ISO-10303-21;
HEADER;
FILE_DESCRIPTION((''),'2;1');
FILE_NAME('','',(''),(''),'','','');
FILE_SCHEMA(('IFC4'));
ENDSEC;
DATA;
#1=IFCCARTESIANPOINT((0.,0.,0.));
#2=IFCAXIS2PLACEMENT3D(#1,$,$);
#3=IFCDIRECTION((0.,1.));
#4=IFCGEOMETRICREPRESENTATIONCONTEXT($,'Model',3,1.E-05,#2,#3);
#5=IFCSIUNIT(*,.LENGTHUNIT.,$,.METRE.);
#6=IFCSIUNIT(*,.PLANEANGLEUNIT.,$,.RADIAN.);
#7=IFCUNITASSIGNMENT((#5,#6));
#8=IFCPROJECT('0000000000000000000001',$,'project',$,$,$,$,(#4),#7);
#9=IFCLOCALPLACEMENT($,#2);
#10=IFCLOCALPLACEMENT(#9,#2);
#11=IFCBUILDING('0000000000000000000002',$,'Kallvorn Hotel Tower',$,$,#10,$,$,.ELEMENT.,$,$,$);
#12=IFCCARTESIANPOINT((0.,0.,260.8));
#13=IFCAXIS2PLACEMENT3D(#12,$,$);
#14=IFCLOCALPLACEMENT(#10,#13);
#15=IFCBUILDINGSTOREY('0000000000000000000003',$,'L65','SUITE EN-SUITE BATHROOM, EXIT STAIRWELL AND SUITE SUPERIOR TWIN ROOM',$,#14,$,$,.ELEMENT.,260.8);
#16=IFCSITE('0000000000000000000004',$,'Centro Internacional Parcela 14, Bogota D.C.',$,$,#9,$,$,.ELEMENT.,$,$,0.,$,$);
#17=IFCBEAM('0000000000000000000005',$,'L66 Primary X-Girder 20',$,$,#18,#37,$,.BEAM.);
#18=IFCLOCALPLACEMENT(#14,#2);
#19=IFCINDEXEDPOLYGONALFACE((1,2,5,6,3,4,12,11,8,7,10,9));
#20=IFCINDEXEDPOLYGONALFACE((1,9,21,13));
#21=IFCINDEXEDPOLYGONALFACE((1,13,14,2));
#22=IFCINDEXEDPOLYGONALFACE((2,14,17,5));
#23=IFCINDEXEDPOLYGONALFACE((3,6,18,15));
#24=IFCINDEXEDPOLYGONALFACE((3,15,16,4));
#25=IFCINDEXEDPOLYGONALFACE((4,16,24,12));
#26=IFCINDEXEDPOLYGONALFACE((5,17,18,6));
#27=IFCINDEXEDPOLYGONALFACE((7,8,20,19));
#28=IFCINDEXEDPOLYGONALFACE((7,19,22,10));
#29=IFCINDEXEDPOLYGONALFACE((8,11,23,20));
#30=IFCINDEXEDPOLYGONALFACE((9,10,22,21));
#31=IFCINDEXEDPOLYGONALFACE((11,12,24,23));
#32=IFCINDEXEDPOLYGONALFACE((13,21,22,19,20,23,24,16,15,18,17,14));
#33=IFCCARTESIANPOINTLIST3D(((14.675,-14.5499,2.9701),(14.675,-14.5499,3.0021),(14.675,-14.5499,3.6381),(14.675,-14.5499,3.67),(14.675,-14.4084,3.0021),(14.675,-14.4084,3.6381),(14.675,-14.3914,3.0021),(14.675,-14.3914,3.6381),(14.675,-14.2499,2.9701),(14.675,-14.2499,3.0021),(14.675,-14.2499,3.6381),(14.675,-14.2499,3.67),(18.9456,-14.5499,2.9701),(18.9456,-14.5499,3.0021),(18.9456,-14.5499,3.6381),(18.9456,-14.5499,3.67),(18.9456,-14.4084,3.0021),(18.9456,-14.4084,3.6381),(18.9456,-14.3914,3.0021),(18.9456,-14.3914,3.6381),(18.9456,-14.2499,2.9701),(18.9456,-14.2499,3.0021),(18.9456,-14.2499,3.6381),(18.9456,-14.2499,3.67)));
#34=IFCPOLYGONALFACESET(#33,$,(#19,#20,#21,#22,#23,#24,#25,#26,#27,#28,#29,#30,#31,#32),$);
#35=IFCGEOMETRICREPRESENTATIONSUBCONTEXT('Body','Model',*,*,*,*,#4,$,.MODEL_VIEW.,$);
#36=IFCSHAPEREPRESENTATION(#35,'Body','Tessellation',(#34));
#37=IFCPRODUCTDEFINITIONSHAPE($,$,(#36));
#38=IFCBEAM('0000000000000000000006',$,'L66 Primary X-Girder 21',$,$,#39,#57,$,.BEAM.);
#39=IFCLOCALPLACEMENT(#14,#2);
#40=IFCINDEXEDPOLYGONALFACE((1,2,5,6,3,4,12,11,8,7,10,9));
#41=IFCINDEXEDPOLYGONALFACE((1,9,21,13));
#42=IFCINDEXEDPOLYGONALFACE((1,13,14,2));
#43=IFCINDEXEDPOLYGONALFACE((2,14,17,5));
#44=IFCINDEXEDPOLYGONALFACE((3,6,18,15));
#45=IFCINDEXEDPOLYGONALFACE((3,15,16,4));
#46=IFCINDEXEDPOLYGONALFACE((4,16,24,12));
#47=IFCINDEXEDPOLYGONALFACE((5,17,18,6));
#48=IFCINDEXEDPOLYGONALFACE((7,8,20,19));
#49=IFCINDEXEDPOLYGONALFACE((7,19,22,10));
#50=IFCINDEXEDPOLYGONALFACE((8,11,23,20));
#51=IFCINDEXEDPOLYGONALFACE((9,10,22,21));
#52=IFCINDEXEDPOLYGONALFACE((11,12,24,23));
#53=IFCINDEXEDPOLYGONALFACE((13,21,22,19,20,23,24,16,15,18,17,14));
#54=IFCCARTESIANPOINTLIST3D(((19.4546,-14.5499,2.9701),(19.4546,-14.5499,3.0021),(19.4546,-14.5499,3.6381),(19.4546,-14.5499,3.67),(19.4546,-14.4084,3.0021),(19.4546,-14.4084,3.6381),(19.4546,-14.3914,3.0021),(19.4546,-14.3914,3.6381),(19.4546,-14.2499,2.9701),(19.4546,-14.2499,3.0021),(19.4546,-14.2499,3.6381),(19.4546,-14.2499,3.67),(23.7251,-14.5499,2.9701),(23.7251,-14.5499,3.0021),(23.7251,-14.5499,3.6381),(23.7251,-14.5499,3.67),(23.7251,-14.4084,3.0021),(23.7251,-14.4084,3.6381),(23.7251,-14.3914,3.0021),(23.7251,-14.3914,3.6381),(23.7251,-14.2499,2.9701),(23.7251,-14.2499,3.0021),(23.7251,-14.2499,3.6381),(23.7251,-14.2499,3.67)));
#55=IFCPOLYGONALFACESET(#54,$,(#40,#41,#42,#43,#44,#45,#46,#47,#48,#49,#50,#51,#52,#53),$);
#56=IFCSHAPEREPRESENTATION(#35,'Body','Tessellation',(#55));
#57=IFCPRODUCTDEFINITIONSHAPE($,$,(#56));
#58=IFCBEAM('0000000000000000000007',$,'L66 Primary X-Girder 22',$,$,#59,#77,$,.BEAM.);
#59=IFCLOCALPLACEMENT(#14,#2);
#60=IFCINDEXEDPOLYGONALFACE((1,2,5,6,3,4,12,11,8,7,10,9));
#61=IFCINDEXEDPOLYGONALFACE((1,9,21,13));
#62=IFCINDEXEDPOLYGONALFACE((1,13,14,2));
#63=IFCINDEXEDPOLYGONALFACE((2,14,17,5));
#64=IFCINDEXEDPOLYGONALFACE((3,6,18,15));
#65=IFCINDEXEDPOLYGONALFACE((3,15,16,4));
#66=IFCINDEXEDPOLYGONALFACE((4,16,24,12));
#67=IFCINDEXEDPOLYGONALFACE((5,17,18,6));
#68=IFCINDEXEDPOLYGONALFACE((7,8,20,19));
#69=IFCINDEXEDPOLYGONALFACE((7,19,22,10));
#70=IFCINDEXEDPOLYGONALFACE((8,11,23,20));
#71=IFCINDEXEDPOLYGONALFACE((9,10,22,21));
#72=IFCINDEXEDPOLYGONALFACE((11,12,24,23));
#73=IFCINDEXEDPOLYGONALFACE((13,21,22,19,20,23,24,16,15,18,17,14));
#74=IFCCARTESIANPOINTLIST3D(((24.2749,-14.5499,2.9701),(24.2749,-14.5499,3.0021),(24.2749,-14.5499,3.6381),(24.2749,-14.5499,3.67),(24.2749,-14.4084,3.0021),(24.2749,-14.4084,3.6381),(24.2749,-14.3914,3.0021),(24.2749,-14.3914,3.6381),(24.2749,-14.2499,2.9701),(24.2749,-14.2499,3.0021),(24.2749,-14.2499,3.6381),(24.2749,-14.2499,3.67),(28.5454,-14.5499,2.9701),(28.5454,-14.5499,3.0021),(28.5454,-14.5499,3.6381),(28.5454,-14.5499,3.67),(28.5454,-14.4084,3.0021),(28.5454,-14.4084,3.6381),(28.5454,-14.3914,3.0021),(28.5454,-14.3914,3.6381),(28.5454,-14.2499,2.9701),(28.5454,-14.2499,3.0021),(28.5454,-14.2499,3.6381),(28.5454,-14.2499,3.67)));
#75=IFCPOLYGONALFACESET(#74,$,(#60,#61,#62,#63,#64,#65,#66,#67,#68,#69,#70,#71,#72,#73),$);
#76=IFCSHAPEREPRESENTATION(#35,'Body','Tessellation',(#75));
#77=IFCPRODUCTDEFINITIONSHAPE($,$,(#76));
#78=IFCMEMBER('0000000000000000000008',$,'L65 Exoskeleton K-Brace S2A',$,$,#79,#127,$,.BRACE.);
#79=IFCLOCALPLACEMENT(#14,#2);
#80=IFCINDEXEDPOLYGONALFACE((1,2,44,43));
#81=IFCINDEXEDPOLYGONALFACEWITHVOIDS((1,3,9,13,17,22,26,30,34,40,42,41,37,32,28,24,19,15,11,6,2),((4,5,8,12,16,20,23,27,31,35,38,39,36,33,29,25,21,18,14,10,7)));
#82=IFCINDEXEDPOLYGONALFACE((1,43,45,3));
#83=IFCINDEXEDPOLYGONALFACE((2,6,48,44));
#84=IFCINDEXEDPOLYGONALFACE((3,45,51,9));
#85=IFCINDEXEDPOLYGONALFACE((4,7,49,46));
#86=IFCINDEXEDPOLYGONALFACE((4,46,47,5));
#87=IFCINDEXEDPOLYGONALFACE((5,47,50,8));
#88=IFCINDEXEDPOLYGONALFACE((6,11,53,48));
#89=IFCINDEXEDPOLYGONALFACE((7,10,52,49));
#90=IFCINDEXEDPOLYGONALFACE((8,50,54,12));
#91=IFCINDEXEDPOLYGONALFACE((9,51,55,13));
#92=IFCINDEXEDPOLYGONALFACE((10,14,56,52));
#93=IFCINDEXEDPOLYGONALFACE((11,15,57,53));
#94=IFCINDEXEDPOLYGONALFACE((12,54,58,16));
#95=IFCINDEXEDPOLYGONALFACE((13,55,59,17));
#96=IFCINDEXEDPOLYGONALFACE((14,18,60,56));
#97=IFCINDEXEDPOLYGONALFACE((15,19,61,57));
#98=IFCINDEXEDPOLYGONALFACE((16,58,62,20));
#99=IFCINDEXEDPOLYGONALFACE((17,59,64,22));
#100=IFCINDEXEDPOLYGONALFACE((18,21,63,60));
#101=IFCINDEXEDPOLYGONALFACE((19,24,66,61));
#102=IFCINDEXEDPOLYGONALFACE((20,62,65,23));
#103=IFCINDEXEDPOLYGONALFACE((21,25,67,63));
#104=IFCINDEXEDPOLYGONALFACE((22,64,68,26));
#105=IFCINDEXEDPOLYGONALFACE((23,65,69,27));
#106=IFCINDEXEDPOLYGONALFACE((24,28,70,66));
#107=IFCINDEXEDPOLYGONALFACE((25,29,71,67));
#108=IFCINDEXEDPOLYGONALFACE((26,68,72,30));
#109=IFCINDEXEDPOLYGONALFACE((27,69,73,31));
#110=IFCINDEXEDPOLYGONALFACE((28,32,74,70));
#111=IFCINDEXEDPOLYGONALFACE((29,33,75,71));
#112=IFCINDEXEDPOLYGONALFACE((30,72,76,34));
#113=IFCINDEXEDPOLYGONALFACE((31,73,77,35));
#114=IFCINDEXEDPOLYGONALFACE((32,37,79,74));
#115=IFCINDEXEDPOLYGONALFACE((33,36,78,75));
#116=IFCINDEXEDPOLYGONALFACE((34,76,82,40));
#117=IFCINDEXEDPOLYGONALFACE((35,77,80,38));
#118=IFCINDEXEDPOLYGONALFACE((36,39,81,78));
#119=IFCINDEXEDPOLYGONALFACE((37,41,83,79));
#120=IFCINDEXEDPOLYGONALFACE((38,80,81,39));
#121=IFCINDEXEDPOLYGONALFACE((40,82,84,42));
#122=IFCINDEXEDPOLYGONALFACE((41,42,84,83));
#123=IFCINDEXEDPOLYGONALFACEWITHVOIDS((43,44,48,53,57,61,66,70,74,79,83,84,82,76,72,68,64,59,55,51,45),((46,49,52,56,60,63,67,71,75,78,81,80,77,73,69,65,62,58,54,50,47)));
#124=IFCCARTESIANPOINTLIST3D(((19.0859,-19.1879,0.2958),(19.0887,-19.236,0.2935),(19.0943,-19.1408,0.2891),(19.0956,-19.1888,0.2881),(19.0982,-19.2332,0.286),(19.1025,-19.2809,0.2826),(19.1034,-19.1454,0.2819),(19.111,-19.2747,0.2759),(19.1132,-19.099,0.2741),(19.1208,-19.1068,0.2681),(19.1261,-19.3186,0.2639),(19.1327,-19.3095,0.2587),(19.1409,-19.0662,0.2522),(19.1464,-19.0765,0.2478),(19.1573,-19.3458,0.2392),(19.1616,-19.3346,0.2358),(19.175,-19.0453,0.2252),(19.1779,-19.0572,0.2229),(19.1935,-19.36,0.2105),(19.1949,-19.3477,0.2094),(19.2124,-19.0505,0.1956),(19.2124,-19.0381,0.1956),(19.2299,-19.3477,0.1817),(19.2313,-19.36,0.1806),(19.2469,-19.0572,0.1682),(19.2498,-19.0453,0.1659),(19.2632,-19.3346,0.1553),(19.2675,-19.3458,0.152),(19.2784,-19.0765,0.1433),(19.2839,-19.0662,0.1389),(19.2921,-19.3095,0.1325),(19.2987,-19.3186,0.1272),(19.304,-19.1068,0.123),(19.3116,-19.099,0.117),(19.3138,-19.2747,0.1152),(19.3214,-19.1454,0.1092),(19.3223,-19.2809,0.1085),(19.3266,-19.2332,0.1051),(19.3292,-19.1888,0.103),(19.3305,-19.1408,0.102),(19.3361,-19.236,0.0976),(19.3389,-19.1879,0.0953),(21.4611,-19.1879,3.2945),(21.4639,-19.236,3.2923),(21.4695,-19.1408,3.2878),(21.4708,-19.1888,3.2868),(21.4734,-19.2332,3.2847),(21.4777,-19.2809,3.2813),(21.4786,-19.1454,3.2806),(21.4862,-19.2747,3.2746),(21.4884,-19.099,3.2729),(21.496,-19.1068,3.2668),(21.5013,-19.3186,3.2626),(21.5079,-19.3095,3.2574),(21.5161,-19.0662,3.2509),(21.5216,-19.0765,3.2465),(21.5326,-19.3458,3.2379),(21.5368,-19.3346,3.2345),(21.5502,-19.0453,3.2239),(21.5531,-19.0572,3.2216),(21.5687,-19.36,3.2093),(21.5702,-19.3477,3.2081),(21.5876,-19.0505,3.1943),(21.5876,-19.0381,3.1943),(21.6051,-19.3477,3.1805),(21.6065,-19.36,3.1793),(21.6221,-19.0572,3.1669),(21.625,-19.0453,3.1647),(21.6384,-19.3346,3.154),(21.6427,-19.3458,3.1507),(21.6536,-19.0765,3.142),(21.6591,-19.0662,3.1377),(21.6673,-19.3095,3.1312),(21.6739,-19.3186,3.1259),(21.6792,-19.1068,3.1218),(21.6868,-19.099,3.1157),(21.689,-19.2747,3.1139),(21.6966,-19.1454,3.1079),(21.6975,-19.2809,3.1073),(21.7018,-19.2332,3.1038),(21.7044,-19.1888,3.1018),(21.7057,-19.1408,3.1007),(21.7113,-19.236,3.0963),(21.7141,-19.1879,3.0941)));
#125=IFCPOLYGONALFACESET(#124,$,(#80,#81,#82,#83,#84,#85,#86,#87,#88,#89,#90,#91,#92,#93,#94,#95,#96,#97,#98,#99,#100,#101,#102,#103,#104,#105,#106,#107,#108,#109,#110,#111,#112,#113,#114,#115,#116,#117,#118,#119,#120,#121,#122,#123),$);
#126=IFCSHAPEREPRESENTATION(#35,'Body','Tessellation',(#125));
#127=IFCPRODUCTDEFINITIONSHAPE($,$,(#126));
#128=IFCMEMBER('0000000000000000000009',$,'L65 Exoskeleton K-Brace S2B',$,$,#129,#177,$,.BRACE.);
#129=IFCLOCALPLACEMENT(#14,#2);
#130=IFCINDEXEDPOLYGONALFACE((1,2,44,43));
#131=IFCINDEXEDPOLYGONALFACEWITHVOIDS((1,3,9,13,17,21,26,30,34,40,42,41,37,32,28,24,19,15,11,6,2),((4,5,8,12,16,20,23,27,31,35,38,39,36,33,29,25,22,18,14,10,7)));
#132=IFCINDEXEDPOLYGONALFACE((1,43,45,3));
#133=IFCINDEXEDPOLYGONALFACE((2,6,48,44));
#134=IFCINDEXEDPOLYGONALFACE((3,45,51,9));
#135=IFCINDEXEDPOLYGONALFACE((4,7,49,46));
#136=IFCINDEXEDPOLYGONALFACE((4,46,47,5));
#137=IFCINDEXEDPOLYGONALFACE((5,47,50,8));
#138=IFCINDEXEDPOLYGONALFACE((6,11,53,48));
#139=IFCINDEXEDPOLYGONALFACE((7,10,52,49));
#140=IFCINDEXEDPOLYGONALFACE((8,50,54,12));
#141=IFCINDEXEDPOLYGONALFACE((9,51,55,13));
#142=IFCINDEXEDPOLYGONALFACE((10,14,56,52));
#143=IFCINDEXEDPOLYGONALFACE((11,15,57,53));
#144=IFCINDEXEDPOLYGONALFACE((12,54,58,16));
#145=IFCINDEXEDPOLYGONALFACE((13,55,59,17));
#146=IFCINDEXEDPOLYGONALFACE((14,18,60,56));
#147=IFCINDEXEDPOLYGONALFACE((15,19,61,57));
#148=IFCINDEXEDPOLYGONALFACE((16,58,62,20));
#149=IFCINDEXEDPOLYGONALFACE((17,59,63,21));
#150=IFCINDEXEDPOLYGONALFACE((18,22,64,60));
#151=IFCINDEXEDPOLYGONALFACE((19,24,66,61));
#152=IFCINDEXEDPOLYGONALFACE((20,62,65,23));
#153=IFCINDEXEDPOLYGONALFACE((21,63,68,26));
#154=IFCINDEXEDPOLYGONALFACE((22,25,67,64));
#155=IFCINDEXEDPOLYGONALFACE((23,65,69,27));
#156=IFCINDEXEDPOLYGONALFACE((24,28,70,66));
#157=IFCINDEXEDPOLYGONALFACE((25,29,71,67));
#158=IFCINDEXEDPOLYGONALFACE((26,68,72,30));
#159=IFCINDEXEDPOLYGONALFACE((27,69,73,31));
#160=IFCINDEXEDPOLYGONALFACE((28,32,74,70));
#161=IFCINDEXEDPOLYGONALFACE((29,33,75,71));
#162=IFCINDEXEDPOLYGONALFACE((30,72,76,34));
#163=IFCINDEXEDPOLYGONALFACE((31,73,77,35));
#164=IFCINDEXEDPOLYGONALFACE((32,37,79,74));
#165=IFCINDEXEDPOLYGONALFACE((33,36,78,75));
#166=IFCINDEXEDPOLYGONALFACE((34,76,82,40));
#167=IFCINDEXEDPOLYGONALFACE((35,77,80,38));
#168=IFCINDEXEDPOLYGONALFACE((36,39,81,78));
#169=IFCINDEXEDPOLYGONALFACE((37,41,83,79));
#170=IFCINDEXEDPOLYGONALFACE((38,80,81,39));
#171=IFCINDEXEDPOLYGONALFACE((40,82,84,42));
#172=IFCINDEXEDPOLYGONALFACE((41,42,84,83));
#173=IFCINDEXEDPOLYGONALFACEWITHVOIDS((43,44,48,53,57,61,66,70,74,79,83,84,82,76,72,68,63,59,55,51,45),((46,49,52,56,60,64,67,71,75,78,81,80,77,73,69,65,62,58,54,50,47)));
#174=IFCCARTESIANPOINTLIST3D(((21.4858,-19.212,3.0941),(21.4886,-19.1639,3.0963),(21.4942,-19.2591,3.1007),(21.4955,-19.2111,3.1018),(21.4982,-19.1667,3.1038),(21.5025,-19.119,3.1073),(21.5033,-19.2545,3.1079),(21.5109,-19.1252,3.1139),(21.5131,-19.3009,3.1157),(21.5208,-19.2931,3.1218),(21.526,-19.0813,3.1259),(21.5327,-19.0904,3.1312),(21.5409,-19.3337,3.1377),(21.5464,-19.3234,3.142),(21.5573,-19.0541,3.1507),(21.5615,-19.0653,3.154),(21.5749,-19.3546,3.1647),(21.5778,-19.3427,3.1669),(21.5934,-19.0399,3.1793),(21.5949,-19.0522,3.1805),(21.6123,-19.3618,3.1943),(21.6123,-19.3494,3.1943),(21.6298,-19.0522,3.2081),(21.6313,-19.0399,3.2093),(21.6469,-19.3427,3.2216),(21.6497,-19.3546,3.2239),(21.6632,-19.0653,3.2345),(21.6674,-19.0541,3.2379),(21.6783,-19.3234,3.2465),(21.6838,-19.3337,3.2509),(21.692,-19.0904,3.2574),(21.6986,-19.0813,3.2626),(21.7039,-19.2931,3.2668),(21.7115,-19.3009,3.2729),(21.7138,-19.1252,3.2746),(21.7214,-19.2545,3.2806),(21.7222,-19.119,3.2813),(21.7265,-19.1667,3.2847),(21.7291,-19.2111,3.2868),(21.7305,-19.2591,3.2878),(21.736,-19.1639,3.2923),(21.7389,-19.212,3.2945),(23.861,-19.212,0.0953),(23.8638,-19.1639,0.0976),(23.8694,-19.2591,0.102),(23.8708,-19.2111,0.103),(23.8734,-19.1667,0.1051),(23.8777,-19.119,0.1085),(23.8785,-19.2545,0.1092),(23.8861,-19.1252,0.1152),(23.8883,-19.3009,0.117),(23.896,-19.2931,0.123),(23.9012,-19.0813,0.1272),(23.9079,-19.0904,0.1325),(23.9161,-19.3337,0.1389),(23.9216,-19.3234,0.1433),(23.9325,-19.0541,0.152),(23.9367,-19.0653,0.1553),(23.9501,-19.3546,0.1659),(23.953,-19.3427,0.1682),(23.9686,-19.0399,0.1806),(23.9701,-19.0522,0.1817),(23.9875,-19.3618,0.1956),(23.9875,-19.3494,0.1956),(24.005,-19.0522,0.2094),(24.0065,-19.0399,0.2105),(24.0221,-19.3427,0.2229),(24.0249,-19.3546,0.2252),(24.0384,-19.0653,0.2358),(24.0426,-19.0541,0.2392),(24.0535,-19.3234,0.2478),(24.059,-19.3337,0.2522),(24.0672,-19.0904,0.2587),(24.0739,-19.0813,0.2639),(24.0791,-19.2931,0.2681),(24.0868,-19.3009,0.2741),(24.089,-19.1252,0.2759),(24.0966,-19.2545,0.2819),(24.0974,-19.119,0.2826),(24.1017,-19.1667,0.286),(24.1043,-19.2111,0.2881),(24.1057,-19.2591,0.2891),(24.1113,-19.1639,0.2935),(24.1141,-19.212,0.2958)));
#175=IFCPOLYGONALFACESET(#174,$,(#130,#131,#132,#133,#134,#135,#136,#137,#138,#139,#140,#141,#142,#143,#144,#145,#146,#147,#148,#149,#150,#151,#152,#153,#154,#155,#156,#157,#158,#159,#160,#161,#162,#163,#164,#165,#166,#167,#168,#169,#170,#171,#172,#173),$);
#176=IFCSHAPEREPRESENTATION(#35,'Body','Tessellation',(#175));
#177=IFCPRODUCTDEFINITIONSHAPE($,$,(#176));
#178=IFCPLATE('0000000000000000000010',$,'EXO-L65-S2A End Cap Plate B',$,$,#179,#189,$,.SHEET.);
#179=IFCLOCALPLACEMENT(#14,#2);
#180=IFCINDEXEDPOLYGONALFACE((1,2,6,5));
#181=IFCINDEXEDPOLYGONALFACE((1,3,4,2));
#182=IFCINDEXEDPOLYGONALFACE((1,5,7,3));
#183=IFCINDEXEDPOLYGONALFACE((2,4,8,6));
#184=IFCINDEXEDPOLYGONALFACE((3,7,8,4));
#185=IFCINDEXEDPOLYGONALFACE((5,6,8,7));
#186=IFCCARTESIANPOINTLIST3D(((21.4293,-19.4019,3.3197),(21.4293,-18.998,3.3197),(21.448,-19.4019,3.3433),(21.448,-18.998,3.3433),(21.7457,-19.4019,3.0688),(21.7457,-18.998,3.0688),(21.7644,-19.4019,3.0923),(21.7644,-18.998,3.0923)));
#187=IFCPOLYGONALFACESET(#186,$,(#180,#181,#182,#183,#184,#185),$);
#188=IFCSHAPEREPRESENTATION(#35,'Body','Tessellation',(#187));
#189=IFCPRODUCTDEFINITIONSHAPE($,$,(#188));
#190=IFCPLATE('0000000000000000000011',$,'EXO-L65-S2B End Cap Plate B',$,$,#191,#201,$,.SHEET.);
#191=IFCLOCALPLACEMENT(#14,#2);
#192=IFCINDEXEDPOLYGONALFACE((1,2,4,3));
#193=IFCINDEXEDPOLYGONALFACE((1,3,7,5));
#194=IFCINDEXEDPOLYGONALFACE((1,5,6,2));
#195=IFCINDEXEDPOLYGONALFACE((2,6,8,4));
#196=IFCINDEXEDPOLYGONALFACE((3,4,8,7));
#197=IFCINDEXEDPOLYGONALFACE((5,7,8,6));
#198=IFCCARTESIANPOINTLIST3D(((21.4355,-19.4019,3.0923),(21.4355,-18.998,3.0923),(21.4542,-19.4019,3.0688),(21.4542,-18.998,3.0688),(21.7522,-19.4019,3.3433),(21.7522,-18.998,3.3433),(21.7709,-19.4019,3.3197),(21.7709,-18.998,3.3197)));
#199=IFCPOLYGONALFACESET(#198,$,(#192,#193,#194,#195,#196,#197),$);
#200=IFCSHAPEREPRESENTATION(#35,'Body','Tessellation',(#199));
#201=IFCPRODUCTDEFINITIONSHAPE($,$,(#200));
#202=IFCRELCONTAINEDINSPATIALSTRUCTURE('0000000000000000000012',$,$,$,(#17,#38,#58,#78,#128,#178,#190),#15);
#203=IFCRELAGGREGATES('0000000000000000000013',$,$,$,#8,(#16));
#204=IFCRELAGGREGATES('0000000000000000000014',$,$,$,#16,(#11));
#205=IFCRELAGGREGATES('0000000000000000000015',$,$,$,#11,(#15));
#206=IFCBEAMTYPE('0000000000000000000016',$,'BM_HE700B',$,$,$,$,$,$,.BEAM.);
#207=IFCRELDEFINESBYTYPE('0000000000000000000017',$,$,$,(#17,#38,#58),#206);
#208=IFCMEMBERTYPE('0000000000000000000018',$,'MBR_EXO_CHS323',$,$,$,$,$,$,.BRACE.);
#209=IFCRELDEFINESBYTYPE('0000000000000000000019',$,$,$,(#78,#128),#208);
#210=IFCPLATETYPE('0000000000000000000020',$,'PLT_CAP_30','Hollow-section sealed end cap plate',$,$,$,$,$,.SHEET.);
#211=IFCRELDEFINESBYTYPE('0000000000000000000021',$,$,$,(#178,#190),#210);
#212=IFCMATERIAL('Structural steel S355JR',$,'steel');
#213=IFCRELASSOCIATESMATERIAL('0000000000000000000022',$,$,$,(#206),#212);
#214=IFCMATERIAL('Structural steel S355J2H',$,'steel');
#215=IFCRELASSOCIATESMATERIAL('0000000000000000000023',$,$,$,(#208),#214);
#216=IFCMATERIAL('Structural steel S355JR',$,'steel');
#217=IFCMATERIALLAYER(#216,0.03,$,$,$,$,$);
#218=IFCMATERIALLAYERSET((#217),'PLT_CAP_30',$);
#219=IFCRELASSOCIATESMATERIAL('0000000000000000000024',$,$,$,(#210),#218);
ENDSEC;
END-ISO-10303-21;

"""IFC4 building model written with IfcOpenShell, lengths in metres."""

from ifc_helpers import new_model, si_unit, direction, frame, origin, origin_2d, place, context, subcontext, project, spatial, polyline, hollow_circle, i_section, outline, extrude, material, layer, layer_set, material_profile, profile_set, type_object, element, save


model = new_model("IFC4")

# Units and contexts
model_context = context("Model", 3, precision=1e-05, world=origin(), true_north=direction((0.0, 1.0)))
body_context = subcontext(model_context, "Body", "Model", "MODEL_VIEW")
ifc_project = project(units=[si_unit("LENGTHUNIT", "METRE"), si_unit("PLANEANGLEUNIT", "RADIAN")], contexts=[model_context])

# Site, building, storey
site_placement = place(None, origin())
site = spatial("IfcSite", under=ifc_project, at=site_placement, Name="Centro Internacional Parcela 14, Bogota D.C.", CompositionType="ELEMENT", RefElevation=0.0)
building_placement = place(site_placement, origin())
building = spatial("IfcBuilding", under=site, at=building_placement, Name="Kallvorn Hotel Tower", CompositionType="ELEMENT")
storey_placement = place(building_placement, frame((0.0, 0.0, 260.8)))
storey = spatial("IfcBuildingStorey", under=building, at=storey_placement, Name="L65", Description="SUITE EN-SUITE BATHROOM, EXIT STAIRWELL AND SUITE SUPERIOR TWIN ROOM", CompositionType="ELEMENT", Elevation=260.8)

# Beams
ifc_material_1 = material(Name="Structural steel S355JR", Category="steel")
ifc_material_profile_1 = material_profile(ifc_material_1, i_section(OverallWidth=0.3, OverallDepth=0.7, WebThickness=0.0171, FlangeThickness=0.032, at=origin_2d()), Name="HE 700 B")
ifc_profile_set_1 = profile_set([ifc_material_profile_1], Name="Structural steel S355JR")
beam_type_1 = type_object("IfcBeamType", Name="BM_HE700B", PredefinedType="BEAM", material=ifc_profile_set_1)
for number, where, z_axis, x_axis, name in (
    (1, (14.675, -14.3999, 3.3201), (1.0, 0.0, 0.0), (0.0, 1.0, 0.0), "L66 Primary X-Girder 20"),
    (2, (19.4546, -14.3999, 3.3201), (1.0, 0.0, 0.0), (0.0, 1.0, 0.0), "L66 Primary X-Girder 21"),
    (3, (24.2749, -14.3999, 3.3201), (1.0, 0.0, 0.0), (0.0, 1.0, 0.0), "L66 Primary X-Girder 22"),
):
    element("IfcBeam", number, at=place(storey_placement, frame(where, z_axis=z_axis, x_axis=x_axis)), inside=storey, type_object=beam_type_1, Name=name, PredefinedType="BEAM", context=body_context, shape_type="SweptSolid", body=[
        extrude(i_section(OverallWidth=0.3, OverallDepth=0.7, WebThickness=0.0171, FlangeThickness=0.032, at=origin_2d()), origin(), (0.0, 0.0, 1.0), 4.2705),
    ])

# Members
ifc_material_2 = material(Name="Structural steel S355J2H", Category="steel")
ifc_material_profile_2 = material_profile(ifc_material_2, hollow_circle(Radius=0.1619, WallThickness=0.0125, at=origin_2d()), Name="CHS 323.9x12.5")
ifc_profile_set_2 = profile_set([ifc_material_profile_2], Name="Structural steel S355J2H")
member_type = type_object("IfcMemberType", Name="MBR_EXO_CHS323", PredefinedType="BRACE", material=ifc_profile_set_2)
for number, where, z_axis, x_axis, name in (
    (4, (19.2124, -19.2, 0.1956), (0.620897, 0.0, 0.783892), (0.0, 1.0, 0.0), "L65 Exoskeleton K-Brace S2A"),
    (5, (23.9875, -19.2, 0.1956), (-0.620897, 0.0, 0.783892), (0.0, -1.0, 0.0), "L65 Exoskeleton K-Brace S2B"),
):
    element("IfcMember", number, at=place(storey_placement, frame(where, z_axis=z_axis, x_axis=x_axis)), inside=storey, type_object=member_type, Name=name, PredefinedType="BRACE", context=body_context, shape_type="SweptSolid", body=[
        extrude(hollow_circle(Radius=0.1619, WallThickness=0.0125, at=origin_2d()), origin(), (0.0, 0.0, 1.0), 3.8254),
    ])

# Plates
ifc_material_3 = material(Name="Structural steel S355JR", Category="steel")
ifc_layer_1 = layer(ifc_material_3, 0.03)
ifc_layer_set_1 = layer_set([ifc_layer_1], Name="PLT_CAP_30")
plate_type_1 = type_object("IfcPlateType", Name="PLT_CAP_30", Description="Hollow-section sealed end cap plate", PredefinedType="SHEET", material=ifc_layer_set_1)
plate_1_placement = place(storey_placement, frame((21.7644, -19.4019, 3.0923), z_axis=(0.621446, 0.0, 0.783457), x_axis=(0.0, 1.0, 0.0)))
element("IfcPlate", 6, at=plate_1_placement, inside=storey, type_object=plate_type_1, Name="EXO-L65-S2A End Cap Plate B", PredefinedType="SHEET", context=body_context, shape_type="SweptSolid", body=[
    extrude(outline(polyline([(0.0, 0.0), (0.4038, 0.0), (0.4038, 0.4039), (0.0, 0.4039), (0.0, 0.0)])), origin(), (0.0, 0.0, -1.0), 0.03),
])
plate_2_placement = place(storey_placement, frame((21.4355, -18.998, 3.0923), z_axis=(-0.621152, 0.0, 0.78369), x_axis=(0.0, -1.0, 0.0)))
element("IfcPlate", 7, at=plate_2_placement, inside=storey, type_object=plate_type_1, Name="EXO-L65-S2B End Cap Plate B", PredefinedType="SHEET", context=body_context, shape_type="SweptSolid", body=[
    extrude(outline(polyline([(0.0, 0.0), (0.4038, 0.0), (0.4038, 0.4041), (0.0, 0.4041), (0.0, 0.0)])), origin(), (0.0, 0.0, -1.0), 0.03),
])

save(model, "model.ifc")
